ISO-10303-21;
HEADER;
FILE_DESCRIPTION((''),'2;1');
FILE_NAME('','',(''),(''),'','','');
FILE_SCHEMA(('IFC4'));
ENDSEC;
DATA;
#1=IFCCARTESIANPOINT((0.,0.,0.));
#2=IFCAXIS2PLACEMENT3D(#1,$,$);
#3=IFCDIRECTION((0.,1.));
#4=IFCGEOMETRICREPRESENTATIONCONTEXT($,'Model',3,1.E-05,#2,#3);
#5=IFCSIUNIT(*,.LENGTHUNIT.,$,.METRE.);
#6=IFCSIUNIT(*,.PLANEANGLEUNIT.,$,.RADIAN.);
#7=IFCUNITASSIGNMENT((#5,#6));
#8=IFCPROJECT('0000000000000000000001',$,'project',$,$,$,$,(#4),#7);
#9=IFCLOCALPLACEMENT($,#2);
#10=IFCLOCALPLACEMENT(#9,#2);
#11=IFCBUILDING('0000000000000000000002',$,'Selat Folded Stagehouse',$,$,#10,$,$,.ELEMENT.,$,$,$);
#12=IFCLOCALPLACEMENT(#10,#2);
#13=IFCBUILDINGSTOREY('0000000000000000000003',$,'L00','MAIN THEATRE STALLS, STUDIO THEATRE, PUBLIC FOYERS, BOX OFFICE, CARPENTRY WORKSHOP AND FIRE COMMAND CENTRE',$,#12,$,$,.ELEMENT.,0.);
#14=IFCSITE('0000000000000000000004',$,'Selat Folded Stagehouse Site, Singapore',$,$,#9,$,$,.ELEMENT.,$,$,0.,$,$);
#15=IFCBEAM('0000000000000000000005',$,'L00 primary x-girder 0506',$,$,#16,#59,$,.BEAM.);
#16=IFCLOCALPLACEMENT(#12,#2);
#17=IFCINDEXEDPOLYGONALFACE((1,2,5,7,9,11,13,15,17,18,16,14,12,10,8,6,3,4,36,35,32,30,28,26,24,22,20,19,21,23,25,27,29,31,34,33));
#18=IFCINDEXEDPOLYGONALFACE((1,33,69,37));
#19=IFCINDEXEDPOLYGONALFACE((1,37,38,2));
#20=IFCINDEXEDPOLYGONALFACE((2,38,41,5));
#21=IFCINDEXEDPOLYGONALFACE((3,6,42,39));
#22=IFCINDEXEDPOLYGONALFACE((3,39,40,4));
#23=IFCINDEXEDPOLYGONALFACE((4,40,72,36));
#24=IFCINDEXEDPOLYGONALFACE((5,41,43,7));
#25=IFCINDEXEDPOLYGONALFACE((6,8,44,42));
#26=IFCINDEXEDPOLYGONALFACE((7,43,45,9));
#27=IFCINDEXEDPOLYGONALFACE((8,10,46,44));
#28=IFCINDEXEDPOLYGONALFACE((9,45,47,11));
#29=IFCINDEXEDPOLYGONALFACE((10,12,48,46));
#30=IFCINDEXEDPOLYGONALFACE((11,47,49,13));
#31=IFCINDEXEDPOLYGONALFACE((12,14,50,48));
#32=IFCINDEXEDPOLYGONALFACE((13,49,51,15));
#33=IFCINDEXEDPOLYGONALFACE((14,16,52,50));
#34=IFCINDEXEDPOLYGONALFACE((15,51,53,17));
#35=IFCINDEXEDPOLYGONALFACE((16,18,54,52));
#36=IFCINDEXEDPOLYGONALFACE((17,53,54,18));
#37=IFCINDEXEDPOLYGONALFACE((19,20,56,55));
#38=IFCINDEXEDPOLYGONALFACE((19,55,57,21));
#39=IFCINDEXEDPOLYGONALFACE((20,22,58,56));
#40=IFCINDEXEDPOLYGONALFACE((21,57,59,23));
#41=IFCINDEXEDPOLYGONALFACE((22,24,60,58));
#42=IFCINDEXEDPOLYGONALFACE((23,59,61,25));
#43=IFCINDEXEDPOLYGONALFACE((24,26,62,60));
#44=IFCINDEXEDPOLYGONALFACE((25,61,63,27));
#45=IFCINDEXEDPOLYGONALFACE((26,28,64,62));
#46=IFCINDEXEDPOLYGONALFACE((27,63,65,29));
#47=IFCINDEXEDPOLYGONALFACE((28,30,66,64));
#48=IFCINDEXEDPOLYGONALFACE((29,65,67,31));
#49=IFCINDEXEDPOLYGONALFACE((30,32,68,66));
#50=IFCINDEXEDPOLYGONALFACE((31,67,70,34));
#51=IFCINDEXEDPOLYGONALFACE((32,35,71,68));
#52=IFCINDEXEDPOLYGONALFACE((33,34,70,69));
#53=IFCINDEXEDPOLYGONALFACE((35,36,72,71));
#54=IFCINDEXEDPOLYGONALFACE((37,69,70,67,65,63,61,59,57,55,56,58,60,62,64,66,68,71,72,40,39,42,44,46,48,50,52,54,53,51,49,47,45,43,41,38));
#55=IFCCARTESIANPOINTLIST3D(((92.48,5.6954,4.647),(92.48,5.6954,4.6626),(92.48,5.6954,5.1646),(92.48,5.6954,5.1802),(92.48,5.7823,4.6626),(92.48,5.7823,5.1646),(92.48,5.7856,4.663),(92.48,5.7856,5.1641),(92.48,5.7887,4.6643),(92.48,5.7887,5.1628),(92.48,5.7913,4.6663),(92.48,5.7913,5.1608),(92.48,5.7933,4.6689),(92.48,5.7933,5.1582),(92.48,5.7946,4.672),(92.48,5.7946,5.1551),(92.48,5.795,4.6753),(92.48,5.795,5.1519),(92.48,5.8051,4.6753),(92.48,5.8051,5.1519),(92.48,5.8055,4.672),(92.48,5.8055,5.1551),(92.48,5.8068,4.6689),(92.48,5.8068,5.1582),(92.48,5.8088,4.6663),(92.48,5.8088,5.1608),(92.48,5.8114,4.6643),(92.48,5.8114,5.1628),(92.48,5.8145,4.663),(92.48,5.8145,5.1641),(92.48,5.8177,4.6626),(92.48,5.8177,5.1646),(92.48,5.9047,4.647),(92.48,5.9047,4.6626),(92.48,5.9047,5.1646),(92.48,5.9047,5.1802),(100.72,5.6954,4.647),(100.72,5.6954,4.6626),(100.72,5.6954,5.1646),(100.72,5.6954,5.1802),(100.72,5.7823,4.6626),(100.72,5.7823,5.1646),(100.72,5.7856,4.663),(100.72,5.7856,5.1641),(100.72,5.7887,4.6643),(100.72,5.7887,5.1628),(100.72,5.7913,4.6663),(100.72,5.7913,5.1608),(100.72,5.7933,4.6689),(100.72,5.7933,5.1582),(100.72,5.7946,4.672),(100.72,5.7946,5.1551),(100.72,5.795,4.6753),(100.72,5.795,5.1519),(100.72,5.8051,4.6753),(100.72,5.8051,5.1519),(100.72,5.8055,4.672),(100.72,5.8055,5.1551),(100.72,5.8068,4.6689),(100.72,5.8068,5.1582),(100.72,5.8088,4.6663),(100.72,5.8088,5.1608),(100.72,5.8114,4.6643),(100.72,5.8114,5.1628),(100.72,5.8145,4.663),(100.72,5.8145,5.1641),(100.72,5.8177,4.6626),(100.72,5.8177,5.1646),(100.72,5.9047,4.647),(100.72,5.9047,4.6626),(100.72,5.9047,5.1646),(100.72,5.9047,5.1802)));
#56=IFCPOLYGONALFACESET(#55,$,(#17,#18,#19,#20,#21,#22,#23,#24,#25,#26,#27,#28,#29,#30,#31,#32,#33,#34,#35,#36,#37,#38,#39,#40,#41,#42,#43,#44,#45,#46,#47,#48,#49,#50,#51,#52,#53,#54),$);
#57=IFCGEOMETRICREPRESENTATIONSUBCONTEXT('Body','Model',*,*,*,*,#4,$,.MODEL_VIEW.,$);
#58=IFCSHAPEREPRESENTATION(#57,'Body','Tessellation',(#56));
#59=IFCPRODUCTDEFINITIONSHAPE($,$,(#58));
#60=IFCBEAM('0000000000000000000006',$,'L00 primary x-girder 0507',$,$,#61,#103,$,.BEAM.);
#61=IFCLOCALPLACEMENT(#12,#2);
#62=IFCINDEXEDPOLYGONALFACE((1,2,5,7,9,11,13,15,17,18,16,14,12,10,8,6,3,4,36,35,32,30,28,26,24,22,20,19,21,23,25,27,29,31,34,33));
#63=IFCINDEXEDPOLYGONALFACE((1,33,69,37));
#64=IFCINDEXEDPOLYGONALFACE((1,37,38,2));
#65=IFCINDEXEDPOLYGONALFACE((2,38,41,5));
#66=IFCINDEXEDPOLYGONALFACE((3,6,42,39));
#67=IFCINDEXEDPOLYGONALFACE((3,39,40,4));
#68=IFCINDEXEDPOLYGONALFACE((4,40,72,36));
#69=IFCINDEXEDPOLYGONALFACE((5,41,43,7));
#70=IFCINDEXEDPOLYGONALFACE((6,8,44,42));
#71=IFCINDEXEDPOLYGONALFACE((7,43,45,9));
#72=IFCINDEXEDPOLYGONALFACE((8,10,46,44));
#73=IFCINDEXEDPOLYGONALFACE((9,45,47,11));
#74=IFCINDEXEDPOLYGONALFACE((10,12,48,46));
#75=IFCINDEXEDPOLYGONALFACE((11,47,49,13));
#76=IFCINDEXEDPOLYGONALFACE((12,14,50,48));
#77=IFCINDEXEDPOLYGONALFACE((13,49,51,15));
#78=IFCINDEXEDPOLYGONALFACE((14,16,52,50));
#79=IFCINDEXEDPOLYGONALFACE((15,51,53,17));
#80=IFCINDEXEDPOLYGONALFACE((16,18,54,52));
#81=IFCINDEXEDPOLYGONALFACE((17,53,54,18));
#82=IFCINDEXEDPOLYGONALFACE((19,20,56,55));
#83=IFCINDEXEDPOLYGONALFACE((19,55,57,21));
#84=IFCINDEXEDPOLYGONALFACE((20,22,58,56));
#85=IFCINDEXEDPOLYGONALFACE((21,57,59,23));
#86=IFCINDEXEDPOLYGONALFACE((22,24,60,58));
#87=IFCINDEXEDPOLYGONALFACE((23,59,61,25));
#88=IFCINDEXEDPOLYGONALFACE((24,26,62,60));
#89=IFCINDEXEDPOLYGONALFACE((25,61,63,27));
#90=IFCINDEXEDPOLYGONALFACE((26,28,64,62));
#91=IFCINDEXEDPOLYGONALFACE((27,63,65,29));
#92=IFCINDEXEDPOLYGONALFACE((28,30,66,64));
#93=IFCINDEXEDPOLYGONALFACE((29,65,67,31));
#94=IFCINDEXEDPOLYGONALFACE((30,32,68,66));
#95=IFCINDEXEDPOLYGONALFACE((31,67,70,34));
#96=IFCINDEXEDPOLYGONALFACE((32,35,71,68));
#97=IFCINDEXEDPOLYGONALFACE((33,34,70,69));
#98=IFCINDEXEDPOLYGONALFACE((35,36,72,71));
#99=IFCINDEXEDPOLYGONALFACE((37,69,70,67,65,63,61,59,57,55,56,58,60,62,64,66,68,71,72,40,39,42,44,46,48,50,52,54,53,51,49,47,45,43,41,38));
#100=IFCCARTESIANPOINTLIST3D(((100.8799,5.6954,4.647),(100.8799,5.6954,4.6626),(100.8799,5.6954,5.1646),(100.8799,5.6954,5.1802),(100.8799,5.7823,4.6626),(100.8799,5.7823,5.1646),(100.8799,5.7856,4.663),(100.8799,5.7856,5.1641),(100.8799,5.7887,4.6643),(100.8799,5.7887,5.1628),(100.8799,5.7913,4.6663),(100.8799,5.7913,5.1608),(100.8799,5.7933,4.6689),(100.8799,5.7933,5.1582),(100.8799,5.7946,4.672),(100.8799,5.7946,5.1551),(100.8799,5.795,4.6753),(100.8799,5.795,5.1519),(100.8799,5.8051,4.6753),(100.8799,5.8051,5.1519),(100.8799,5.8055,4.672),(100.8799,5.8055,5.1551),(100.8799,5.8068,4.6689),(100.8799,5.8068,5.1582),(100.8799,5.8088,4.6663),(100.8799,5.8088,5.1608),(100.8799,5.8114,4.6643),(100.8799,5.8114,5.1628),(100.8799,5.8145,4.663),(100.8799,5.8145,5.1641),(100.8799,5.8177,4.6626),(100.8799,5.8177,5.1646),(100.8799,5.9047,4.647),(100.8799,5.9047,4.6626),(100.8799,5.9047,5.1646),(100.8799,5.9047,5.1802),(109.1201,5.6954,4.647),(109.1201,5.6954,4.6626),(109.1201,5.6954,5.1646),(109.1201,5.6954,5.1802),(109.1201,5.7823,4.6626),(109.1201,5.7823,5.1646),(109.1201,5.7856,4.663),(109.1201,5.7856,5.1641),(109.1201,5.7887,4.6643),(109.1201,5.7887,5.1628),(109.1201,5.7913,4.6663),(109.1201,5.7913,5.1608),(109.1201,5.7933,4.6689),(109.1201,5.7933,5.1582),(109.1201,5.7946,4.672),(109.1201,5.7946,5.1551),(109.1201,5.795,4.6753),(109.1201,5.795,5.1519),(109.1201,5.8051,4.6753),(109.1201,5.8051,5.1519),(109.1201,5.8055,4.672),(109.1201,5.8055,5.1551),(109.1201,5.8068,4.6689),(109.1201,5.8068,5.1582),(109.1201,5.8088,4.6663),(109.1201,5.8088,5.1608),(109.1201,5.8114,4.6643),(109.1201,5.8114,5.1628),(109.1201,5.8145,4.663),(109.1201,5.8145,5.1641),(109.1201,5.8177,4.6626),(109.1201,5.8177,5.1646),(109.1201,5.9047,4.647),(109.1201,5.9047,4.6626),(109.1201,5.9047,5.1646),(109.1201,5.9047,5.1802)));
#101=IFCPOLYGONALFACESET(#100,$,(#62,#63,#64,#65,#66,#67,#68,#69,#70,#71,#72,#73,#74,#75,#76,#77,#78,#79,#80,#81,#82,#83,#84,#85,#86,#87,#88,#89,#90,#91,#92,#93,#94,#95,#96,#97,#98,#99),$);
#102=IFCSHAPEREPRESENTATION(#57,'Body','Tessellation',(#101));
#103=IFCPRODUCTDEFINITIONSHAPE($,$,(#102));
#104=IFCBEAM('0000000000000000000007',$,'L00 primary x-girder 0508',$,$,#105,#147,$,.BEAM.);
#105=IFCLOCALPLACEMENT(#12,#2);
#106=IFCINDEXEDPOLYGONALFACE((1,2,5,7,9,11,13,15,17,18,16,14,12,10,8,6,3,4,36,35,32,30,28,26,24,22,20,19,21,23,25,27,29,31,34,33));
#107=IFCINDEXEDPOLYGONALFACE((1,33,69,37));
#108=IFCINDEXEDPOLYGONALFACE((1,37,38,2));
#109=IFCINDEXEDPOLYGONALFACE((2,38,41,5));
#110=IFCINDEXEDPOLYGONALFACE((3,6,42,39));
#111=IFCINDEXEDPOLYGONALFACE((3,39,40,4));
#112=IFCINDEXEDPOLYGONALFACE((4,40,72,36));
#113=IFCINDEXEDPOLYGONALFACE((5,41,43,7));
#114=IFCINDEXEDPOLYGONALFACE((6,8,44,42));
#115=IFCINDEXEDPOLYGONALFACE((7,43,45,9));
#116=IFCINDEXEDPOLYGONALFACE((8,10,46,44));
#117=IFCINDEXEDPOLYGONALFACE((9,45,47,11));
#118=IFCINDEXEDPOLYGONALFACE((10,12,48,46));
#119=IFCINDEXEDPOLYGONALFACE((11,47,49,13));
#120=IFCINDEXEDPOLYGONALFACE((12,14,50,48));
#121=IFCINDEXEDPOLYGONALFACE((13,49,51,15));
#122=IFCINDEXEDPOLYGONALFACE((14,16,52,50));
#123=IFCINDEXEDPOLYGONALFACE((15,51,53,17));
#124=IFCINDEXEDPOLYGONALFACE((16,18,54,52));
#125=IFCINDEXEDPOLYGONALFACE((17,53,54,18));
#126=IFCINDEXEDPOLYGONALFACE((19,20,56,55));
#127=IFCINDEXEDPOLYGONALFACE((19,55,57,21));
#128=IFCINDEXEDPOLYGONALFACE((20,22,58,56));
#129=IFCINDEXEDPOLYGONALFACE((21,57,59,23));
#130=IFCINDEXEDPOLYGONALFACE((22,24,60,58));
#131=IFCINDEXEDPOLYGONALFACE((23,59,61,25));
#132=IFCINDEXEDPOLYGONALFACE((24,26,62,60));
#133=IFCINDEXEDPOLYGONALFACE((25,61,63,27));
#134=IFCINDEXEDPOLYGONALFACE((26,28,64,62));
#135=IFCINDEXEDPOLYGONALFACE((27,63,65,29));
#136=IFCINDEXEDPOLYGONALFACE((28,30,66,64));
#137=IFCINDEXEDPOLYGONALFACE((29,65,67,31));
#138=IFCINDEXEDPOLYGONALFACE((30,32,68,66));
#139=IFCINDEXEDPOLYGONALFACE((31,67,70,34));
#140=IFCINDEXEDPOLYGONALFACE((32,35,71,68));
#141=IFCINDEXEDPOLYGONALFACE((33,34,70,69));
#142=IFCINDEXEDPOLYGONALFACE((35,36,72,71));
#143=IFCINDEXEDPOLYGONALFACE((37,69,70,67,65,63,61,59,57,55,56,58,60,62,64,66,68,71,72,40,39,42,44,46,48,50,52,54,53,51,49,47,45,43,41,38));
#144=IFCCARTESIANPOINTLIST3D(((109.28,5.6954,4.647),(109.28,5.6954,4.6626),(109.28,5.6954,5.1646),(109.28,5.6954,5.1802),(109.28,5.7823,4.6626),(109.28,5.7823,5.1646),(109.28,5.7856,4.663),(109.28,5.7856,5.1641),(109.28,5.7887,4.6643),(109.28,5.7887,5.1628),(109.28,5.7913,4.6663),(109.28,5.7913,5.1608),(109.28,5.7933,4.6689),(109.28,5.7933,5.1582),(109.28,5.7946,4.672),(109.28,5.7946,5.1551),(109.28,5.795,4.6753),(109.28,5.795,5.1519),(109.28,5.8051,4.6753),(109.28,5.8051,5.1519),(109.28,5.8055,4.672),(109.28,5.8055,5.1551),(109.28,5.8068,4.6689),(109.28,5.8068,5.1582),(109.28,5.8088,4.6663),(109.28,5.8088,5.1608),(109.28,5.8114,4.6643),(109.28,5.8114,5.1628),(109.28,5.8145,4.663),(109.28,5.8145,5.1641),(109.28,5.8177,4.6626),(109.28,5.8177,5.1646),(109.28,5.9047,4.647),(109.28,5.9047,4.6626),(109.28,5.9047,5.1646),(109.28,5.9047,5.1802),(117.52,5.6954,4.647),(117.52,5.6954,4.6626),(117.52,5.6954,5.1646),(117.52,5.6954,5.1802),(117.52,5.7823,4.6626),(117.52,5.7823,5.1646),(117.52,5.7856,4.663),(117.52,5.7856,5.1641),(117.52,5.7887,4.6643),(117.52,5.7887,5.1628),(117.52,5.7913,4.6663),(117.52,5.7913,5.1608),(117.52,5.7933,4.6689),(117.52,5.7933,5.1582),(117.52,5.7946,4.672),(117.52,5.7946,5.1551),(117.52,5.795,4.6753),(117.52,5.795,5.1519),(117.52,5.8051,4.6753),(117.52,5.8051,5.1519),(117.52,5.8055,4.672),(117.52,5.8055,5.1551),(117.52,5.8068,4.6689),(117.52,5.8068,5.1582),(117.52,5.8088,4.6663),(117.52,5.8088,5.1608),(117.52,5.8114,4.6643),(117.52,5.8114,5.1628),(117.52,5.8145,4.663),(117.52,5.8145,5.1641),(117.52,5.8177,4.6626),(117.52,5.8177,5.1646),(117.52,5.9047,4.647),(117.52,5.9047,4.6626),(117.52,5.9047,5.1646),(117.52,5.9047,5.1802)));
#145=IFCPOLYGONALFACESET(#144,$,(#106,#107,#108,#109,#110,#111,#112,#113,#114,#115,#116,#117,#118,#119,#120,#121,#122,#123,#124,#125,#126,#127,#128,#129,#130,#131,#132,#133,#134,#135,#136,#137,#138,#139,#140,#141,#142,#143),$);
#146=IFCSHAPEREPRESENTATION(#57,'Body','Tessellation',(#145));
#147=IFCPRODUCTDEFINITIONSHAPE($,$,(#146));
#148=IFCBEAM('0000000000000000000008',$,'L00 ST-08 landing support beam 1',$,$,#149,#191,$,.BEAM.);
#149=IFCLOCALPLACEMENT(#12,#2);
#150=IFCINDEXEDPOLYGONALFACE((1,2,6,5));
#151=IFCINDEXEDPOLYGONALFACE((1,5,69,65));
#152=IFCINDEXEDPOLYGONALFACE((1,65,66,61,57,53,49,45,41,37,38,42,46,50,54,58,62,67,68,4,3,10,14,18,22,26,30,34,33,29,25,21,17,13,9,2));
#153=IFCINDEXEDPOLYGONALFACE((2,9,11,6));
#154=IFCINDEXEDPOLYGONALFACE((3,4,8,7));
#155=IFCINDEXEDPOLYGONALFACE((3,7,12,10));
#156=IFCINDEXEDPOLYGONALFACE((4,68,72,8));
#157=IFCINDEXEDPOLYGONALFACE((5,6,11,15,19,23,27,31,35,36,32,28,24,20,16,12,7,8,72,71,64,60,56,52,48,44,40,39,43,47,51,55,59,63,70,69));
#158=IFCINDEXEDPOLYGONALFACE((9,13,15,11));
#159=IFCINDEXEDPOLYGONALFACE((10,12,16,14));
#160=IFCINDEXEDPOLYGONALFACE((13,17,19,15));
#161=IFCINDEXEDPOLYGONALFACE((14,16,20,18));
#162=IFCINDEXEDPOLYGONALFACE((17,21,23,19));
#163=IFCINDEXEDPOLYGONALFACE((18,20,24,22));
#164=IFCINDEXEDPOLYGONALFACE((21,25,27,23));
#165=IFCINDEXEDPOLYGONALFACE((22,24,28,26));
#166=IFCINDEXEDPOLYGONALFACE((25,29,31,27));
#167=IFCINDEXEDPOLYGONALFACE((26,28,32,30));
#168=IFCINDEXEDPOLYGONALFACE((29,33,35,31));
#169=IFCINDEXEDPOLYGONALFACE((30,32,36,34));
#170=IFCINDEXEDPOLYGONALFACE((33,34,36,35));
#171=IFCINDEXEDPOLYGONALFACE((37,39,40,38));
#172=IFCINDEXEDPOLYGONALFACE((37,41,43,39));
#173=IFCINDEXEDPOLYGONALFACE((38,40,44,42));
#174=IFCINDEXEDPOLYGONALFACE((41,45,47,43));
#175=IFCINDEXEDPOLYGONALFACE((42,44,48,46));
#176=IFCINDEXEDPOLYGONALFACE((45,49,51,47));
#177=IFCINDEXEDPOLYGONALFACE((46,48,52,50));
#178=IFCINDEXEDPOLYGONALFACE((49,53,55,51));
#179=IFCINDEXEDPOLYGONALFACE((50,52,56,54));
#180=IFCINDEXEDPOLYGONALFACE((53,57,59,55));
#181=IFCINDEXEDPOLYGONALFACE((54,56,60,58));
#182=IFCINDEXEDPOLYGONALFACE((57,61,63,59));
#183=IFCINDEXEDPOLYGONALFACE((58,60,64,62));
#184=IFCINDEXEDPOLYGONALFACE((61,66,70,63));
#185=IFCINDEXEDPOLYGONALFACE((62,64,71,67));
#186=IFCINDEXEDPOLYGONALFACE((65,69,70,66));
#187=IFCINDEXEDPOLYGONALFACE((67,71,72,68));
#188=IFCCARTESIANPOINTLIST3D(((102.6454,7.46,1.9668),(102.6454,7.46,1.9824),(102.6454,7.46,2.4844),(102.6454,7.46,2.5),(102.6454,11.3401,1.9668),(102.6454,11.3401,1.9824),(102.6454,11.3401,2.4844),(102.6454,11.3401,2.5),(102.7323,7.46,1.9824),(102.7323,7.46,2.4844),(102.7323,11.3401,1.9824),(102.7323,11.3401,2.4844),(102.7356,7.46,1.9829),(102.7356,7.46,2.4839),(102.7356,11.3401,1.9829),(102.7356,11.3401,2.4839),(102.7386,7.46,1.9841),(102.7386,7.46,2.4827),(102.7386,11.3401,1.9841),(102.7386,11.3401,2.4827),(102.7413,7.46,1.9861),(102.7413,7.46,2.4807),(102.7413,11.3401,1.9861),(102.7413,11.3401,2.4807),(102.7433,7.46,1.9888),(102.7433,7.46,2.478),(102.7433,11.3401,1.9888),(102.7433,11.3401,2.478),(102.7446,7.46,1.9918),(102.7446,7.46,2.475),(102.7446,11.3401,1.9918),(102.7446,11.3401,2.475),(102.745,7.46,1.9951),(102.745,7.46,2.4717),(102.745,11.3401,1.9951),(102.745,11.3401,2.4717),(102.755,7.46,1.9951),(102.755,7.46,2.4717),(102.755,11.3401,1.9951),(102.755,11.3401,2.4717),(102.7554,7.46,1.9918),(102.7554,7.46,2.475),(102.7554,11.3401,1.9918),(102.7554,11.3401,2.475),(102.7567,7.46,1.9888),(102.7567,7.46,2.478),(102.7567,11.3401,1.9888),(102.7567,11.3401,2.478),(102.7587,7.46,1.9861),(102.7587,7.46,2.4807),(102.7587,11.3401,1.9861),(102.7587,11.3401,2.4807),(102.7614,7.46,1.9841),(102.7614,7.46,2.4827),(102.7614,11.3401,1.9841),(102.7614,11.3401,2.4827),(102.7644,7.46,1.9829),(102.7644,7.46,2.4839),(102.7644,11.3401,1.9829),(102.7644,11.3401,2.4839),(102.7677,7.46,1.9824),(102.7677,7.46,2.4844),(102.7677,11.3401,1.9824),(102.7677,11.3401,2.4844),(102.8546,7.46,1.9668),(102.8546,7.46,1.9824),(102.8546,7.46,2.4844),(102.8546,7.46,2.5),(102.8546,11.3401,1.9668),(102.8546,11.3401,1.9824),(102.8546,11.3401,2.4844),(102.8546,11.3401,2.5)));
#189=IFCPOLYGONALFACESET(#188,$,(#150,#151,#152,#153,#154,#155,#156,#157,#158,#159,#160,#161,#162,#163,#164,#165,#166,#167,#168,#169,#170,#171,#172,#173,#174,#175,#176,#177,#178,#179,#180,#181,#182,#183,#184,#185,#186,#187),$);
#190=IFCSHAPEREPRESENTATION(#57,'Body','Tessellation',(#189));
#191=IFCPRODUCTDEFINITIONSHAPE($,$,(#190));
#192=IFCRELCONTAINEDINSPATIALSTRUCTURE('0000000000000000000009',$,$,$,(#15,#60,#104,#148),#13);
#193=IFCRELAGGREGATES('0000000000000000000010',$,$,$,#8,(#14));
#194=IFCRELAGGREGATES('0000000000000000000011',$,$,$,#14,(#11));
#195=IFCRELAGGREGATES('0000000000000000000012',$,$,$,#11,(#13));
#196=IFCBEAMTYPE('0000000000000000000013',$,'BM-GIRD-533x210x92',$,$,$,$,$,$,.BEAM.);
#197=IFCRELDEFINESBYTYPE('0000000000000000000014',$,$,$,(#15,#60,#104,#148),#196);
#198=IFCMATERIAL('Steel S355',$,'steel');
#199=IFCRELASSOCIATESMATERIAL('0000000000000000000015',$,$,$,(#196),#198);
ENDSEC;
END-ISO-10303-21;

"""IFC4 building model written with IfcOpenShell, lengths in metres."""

from ifc_helpers import new_model, si_unit, direction, frame, origin, origin_2d, place, context, subcontext, project, spatial, i_section, extrude, material, material_profile, profile_set, type_object, element, save


model = new_model("IFC4")

# Units and contexts
model_context = context("Model", 3, precision=1e-05, world=origin(), true_north=direction((0.0, 1.0)))
body_context = subcontext(model_context, "Body", "Model", "MODEL_VIEW")
ifc_project = project(units=[si_unit("LENGTHUNIT", "METRE"), si_unit("PLANEANGLEUNIT", "RADIAN")], contexts=[model_context])

# Site, building, storey
site_placement = place(None, origin())
site = spatial("IfcSite", under=ifc_project, at=site_placement, Name="Selat Folded Stagehouse Site, Singapore", CompositionType="ELEMENT", RefElevation=0.0)
building_placement = place(site_placement, origin())
building = spatial("IfcBuilding", under=site, at=building_placement, Name="Selat Folded Stagehouse", CompositionType="ELEMENT")
storey_placement = place(building_placement, origin())
storey = spatial("IfcBuildingStorey", under=building, at=storey_placement, Name="L00", Description="MAIN THEATRE STALLS, STUDIO THEATRE, PUBLIC FOYERS, BOX OFFICE, CARPENTRY WORKSHOP AND FIRE COMMAND CENTRE", CompositionType="ELEMENT", Elevation=0.0)

# Shared definitions
ifc_material_1 = material(Name="Steel S355", Category="steel")

# Beams
ifc_material_profile_1 = material_profile(ifc_material_1, i_section(OverallWidth=0.2092, OverallDepth=0.5332, WebThickness=0.01, FlangeThickness=0.0156, FilletRadius=0.0127, at=origin_2d()), Name="UKB 533x210x92")
ifc_profile_set_1 = profile_set([ifc_material_profile_1], Name="Steel S355")
beam_type_1 = type_object("IfcBeamType", Name="BM-GIRD-533x210x92", PredefinedType="BEAM", material=ifc_profile_set_1)
beam_1_placement = place(storey_placement, frame((92.48, 5.8, 4.9136), z_axis=(1.0, 0.0, 0.0), x_axis=(0.0, 1.0, 0.0)))
element("IfcBeam", 1, at=beam_1_placement, inside=storey, type_object=beam_type_1, Name="L00 primary x-girder 0506", PredefinedType="BEAM", context=body_context, shape_type="SweptSolid", body=[
    extrude(i_section(OverallWidth=0.2092, OverallDepth=0.5332, WebThickness=0.01, FlangeThickness=0.0156, FilletRadius=0.0127, at=origin_2d()), origin(), (0.0, 0.0, 1.0), 8.24),
])
beam_2_placement = place(storey_placement, frame((100.8799, 5.8, 4.9136), z_axis=(1.0, 0.0, 0.0), x_axis=(0.0, 1.0, 0.0)))
element("IfcBeam", 2, at=beam_2_placement, inside=storey, type_object=beam_type_1, Name="L00 primary x-girder 0507", PredefinedType="BEAM", context=body_context, shape_type="SweptSolid", body=[
    extrude(i_section(OverallWidth=0.2092, OverallDepth=0.5332, WebThickness=0.01, FlangeThickness=0.0156, FilletRadius=0.0127, at=origin_2d()), origin(), (0.0, 0.0, 1.0), 8.2402),
])
beam_3_placement = place(storey_placement, frame((109.28, 5.8, 4.9136), z_axis=(1.0, 0.0, 0.0), x_axis=(0.0, 1.0, 0.0)))
element("IfcBeam", 3, at=beam_3_placement, inside=storey, type_object=beam_type_1, Name="L00 primary x-girder 0508", PredefinedType="BEAM", context=body_context, shape_type="SweptSolid", body=[
    extrude(i_section(OverallWidth=0.2092, OverallDepth=0.5332, WebThickness=0.01, FlangeThickness=0.0156, FilletRadius=0.0127, at=origin_2d()), origin(), (0.0, 0.0, 1.0), 8.24),
])
for number, where, z_axis, x_axis, name in (
    (4, (102.75, 7.46, 2.2334), (0.0, 1.0, 0.0), (-1.0, 0.0, 0.0), "L00 ST-08 landing support beam 1"),
):
    element("IfcBeam", number, at=place(storey_placement, frame(where, z_axis=z_axis, x_axis=x_axis)), inside=storey, type_object=beam_type_1, Name=name, PredefinedType="BEAM", context=body_context, shape_type="SweptSolid", body=[
        extrude(i_section(OverallWidth=0.2092, OverallDepth=0.5332, WebThickness=0.01, FlangeThickness=0.0156, FilletRadius=0.0127, at=origin_2d()), origin(), (0.0, 0.0, 1.0), 3.8801),
    ])

save(model, "model.ifc")
